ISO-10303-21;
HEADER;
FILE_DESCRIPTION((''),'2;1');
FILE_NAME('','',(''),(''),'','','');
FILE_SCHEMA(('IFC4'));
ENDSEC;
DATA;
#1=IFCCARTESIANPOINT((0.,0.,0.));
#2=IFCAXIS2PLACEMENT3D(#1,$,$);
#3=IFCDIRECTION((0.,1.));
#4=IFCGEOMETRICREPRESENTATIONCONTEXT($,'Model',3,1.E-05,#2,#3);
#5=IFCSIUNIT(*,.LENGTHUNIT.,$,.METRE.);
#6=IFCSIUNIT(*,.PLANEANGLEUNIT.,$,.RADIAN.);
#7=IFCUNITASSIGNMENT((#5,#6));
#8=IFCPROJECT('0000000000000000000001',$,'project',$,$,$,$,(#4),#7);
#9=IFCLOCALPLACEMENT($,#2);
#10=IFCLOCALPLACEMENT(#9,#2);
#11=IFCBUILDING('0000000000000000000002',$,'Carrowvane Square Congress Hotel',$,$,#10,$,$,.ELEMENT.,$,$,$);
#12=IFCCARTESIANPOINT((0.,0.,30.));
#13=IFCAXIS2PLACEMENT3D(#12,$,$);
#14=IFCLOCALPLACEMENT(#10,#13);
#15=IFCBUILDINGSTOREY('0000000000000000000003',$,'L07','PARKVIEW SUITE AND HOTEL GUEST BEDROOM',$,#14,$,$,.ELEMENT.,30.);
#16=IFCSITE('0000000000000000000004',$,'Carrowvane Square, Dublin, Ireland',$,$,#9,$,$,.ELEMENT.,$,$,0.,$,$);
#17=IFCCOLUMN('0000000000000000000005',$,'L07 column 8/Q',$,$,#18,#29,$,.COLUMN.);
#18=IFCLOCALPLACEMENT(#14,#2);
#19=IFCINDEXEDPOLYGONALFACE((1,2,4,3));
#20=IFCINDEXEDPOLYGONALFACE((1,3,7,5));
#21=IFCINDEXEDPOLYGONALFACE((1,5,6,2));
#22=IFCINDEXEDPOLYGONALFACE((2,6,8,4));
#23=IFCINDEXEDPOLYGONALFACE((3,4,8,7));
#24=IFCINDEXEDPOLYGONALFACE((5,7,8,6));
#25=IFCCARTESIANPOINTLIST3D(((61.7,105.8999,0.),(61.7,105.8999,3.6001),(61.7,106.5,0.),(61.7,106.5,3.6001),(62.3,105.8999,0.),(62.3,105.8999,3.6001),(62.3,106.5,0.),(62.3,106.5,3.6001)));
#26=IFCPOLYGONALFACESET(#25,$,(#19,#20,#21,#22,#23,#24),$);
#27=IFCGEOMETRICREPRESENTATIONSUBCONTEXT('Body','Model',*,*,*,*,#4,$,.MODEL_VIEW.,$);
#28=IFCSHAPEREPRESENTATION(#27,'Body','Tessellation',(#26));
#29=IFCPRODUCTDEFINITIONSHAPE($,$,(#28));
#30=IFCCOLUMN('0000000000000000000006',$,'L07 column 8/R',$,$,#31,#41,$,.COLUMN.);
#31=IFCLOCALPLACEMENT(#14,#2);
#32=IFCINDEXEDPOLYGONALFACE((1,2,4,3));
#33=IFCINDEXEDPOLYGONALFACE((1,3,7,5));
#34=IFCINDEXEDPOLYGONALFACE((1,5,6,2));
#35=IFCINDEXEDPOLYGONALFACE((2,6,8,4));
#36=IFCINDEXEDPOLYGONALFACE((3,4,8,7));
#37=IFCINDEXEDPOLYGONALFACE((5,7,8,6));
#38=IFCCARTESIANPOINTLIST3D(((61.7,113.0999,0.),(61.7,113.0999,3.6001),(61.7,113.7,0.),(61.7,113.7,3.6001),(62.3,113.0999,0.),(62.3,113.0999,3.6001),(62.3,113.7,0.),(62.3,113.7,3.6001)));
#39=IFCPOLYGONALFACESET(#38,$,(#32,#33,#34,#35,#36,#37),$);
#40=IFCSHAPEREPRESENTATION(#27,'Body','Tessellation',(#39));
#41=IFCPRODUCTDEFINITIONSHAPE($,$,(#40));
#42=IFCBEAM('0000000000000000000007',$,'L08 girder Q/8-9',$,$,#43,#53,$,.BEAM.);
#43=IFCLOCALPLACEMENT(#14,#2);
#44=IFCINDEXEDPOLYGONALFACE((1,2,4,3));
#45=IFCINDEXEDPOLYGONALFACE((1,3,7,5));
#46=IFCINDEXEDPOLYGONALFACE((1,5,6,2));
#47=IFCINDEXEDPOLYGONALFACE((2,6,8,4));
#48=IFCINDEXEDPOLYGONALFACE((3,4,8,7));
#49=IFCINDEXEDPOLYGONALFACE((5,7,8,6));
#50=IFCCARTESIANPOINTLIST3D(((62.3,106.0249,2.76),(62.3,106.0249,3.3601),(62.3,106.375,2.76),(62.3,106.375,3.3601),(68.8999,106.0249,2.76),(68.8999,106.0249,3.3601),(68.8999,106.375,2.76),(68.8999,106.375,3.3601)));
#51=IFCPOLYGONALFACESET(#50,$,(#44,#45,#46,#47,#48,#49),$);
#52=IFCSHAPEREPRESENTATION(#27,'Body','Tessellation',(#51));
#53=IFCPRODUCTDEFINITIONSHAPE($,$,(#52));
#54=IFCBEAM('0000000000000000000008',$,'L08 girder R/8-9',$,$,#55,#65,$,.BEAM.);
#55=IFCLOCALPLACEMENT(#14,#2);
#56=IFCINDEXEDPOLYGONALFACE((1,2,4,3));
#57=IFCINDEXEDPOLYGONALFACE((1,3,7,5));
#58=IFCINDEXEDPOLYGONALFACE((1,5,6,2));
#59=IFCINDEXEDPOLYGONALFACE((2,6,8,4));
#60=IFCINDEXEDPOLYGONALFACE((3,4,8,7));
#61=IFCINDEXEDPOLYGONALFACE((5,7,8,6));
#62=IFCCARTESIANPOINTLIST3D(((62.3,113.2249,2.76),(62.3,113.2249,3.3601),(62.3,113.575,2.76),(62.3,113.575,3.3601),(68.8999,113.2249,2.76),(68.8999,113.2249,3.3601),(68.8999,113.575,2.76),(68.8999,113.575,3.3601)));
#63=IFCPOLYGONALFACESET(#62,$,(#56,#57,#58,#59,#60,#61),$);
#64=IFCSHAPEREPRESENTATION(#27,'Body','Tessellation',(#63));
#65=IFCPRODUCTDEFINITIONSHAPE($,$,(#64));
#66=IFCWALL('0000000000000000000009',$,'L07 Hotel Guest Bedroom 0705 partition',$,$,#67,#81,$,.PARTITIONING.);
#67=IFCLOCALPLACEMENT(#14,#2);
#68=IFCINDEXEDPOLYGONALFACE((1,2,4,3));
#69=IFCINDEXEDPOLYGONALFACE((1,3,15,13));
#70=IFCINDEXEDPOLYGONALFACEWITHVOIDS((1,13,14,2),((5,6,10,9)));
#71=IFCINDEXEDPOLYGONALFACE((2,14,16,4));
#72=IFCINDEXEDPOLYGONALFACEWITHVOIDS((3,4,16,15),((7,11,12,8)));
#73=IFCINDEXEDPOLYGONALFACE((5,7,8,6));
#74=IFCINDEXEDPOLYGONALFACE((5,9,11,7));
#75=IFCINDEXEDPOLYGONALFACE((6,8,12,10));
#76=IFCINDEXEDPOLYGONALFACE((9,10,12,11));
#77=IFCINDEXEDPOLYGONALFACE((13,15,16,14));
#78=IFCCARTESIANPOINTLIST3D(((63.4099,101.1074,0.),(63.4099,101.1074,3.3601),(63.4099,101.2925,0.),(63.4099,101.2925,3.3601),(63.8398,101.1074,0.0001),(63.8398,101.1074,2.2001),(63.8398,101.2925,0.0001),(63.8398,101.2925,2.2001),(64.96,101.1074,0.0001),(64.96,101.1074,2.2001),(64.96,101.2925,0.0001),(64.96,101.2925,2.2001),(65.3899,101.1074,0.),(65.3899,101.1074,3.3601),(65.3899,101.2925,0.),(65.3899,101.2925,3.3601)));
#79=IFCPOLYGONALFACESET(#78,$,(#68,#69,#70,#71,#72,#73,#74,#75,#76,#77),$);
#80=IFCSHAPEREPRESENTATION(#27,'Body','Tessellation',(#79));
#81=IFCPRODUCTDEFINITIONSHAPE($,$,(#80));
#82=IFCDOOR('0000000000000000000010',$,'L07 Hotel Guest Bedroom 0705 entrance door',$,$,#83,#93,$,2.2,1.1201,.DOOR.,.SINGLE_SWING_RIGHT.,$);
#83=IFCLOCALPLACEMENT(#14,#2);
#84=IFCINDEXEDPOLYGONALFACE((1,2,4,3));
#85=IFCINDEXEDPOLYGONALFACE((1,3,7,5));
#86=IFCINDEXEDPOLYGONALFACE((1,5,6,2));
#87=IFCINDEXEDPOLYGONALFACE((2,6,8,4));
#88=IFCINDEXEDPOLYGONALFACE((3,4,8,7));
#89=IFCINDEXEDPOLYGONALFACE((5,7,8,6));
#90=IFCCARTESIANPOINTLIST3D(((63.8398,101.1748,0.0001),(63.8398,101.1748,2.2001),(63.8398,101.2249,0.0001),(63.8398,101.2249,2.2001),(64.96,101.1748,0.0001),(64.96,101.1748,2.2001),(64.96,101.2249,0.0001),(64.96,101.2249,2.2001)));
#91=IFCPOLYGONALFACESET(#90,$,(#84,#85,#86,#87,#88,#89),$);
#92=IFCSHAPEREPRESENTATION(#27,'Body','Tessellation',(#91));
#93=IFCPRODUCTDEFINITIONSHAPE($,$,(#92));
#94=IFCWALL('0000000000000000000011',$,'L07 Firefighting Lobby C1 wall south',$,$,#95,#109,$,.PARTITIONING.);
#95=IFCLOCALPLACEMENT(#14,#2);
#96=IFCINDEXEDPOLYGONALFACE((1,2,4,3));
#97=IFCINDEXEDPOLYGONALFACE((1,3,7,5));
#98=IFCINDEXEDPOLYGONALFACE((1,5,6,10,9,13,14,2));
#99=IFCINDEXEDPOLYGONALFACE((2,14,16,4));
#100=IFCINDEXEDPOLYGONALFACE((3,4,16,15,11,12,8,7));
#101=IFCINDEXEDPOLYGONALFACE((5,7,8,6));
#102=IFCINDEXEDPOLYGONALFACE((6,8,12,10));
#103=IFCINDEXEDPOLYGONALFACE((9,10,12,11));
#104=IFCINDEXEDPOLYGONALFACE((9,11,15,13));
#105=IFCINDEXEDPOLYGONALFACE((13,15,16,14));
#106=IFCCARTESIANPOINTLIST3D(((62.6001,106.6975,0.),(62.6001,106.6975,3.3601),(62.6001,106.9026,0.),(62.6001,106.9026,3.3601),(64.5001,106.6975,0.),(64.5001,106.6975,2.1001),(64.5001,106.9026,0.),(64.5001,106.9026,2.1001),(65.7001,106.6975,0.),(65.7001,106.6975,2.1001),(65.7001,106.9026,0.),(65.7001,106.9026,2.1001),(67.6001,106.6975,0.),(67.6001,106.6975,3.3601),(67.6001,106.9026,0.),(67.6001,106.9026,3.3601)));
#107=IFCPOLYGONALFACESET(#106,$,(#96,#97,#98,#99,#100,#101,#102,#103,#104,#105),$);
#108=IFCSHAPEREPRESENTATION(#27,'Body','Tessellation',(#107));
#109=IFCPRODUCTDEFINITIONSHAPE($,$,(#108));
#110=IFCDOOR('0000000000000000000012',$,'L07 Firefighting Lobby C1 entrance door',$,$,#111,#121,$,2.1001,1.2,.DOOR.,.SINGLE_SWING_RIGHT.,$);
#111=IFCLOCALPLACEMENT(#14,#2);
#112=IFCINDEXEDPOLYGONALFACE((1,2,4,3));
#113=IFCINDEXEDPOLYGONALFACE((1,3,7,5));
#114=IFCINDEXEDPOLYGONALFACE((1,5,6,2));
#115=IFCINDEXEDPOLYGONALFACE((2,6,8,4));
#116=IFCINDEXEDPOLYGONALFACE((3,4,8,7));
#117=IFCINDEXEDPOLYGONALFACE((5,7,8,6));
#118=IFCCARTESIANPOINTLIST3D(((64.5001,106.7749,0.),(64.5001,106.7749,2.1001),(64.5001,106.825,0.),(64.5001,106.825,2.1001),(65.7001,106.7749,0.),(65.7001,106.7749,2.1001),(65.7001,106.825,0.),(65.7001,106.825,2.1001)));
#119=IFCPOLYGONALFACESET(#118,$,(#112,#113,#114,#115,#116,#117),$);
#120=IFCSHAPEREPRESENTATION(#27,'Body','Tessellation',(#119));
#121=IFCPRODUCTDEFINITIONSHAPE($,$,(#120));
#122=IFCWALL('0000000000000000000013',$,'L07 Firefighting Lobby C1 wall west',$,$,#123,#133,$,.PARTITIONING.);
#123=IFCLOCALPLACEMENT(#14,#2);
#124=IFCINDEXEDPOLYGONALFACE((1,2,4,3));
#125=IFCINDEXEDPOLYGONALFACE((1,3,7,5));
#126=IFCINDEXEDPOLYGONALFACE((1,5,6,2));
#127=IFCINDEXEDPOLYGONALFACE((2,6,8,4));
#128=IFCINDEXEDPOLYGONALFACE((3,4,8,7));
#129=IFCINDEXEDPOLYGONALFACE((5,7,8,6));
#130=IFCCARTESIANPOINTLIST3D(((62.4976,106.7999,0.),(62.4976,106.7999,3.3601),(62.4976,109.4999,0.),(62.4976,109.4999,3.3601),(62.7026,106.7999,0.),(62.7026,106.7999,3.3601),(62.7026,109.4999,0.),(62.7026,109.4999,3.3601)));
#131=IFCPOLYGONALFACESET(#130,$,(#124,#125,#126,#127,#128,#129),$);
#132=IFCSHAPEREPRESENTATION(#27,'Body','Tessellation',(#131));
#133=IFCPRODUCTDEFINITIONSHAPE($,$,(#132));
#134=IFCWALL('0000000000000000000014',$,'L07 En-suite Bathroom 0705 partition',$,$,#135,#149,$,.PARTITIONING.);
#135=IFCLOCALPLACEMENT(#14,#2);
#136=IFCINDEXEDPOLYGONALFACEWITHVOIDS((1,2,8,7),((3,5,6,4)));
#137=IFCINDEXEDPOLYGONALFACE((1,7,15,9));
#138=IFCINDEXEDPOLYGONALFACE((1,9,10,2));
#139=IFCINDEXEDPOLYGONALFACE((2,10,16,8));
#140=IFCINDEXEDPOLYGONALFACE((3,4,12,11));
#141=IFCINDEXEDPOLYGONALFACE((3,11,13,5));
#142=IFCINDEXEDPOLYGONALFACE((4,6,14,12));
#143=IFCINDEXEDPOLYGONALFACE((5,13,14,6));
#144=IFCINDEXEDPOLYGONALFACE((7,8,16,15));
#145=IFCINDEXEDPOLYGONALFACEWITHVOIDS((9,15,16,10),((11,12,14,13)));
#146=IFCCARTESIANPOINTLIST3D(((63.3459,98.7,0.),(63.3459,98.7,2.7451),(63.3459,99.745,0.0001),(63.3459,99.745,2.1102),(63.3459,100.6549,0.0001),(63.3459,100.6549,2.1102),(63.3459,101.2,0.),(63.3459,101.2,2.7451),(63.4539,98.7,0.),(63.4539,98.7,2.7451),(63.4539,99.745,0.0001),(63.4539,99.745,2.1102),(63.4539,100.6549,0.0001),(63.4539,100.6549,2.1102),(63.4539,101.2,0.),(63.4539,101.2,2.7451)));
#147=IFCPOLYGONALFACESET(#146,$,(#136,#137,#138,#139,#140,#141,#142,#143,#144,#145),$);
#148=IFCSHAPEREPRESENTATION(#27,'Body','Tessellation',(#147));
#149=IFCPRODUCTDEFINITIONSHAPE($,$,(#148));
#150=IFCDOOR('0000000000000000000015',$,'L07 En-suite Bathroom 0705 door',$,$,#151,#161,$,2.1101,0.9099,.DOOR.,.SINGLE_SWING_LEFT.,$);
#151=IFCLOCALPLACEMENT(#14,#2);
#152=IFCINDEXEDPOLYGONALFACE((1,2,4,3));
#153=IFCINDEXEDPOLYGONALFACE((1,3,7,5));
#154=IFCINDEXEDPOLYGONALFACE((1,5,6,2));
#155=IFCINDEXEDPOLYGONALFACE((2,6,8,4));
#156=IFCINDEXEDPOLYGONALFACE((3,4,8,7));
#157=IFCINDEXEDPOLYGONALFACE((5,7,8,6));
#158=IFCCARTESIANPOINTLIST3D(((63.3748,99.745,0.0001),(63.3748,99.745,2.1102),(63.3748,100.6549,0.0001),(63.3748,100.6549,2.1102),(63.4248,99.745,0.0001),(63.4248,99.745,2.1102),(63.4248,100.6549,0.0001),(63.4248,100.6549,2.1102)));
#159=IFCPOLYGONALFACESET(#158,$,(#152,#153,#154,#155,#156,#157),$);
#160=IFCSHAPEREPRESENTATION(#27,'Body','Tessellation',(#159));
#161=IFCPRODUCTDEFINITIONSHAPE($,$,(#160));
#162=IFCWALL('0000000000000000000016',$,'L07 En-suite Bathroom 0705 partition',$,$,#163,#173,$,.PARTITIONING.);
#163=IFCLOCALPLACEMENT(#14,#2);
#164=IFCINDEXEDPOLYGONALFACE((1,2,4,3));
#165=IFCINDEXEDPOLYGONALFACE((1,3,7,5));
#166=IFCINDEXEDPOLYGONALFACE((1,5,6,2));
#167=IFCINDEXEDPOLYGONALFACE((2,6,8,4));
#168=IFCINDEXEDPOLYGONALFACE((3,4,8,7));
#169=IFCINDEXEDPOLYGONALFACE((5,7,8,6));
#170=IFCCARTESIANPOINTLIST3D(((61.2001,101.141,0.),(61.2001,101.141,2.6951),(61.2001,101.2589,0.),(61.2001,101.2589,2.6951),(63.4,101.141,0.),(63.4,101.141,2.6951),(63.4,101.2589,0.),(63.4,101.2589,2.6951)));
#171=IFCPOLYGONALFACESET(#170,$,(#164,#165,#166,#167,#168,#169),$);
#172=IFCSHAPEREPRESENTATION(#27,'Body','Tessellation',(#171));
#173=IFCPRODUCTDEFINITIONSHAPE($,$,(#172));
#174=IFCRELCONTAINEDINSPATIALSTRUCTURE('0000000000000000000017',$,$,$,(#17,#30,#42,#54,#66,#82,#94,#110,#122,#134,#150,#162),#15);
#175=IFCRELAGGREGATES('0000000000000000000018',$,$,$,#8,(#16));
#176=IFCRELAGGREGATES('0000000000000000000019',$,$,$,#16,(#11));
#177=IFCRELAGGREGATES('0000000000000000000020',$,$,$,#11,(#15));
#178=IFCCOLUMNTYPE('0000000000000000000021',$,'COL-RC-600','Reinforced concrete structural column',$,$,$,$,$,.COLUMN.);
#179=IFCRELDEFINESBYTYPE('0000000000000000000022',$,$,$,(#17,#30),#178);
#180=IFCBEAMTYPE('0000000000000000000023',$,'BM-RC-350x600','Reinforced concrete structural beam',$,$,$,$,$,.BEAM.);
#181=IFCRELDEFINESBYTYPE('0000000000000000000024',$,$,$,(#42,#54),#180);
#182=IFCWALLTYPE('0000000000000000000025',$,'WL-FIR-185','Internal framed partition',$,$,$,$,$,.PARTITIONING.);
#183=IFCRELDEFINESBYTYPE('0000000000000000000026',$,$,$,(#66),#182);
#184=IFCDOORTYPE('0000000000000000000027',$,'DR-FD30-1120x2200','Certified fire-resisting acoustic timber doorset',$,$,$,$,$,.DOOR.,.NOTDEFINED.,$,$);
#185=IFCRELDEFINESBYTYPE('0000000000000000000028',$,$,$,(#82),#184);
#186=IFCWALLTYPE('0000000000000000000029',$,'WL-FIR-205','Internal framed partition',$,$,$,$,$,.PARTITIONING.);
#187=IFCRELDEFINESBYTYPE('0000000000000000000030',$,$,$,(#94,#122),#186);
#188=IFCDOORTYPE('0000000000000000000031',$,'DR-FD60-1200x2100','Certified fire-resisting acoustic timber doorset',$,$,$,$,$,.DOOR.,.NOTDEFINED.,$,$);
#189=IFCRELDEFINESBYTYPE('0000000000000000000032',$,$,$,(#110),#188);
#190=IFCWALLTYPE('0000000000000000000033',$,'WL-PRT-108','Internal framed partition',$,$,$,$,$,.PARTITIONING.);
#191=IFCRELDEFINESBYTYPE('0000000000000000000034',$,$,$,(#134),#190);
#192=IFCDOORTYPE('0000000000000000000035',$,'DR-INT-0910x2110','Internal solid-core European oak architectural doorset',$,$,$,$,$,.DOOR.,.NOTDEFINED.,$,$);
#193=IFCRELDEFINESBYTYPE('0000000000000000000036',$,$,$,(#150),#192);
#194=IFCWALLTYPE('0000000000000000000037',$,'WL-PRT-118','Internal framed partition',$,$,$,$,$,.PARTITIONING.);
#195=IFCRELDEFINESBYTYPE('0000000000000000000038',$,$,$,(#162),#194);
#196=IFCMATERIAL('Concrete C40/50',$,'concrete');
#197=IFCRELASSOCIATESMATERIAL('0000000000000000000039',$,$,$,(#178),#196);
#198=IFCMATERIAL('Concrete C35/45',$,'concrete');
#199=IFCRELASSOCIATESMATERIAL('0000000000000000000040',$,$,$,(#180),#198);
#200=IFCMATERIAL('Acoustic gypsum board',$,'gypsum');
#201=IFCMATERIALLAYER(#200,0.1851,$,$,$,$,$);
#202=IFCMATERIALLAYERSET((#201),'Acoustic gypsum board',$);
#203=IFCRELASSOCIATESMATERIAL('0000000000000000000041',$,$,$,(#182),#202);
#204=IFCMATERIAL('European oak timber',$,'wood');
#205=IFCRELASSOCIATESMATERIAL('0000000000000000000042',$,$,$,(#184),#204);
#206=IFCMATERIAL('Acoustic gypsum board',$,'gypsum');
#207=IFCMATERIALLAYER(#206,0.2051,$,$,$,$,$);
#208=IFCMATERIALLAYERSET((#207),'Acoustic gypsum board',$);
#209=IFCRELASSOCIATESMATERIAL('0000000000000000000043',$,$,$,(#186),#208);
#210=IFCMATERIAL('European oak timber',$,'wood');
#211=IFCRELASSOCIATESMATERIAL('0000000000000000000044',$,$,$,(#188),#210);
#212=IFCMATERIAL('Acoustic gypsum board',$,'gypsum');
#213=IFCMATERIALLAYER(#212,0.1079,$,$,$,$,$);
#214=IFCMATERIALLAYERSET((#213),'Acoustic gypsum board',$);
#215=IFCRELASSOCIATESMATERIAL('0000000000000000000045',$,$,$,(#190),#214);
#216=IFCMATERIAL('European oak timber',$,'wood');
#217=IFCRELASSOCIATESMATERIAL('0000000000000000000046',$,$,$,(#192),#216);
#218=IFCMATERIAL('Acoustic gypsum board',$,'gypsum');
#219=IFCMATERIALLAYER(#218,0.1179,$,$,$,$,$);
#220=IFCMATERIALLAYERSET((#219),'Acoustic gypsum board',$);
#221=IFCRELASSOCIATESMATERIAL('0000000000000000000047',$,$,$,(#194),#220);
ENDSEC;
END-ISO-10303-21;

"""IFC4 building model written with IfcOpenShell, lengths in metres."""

from ifc_helpers import new_model, si_unit, direction, frame, frame_2d, origin, origin_2d, place, context, subcontext, project, spatial, rectangle, extrude, material, layer, layer_set, material_profile, profile_set, type_object, element, fill, save


model = new_model("IFC4")

# Units and contexts
model_context = context("Model", 3, precision=1e-05, world=origin(), true_north=direction((0.0, 1.0)))
body_context = subcontext(model_context, "Body", "Model", "MODEL_VIEW")
ifc_project = project(units=[si_unit("LENGTHUNIT", "METRE"), si_unit("PLANEANGLEUNIT", "RADIAN")], contexts=[model_context])

# Site, building, storey
site_placement = place(None, origin())
site = spatial("IfcSite", under=ifc_project, at=site_placement, Name="Carrowvane Square, Dublin, Ireland", CompositionType="ELEMENT", RefElevation=0.0)
building_placement = place(site_placement, origin())
building = spatial("IfcBuilding", under=site, at=building_placement, Name="Carrowvane Square Congress Hotel", CompositionType="ELEMENT")
storey_placement = place(building_placement, frame((0.0, 0.0, 30.0)))
storey = spatial("IfcBuildingStorey", under=building, at=storey_placement, Name="L07", Description="PARKVIEW SUITE AND HOTEL GUEST BEDROOM", CompositionType="ELEMENT", Elevation=30.0)

# Columns
ifc_material_1 = material(Name="Concrete C40/50", Category="concrete")
ifc_material_profile_1 = material_profile(ifc_material_1, rectangle(XDim=0.6001, YDim=0.6001, at=origin_2d()), Name="RC 600x600")
ifc_profile_set_1 = profile_set([ifc_material_profile_1], Name="Concrete C40/50")
column_type = type_object("IfcColumnType", Name="COL-RC-600", Description="Reinforced concrete structural column", PredefinedType="COLUMN", material=ifc_profile_set_1)
for number, where, z_axis, x_axis, name in (
    (1, (62.0, 106.2, 0.0), (0.0, 0.0, 1.0), (1.0, 0.0, 0.0), "L07 column 8/Q"),
    (2, (62.0, 113.3999, 0.0), (0.0, 0.0, 1.0), (1.0, 0.0, 0.0), "L07 column 8/R"),
):
    element("IfcColumn", number, at=place(storey_placement, frame(where, z_axis=z_axis, x_axis=x_axis)), inside=storey, type_object=column_type, Name=name, PredefinedType="COLUMN", context=body_context, shape_type="SweptSolid", body=[
        extrude(rectangle(XDim=0.6001, YDim=0.6001, at=origin_2d()), origin(), (0.0, 0.0, 1.0), 3.6001),
    ])

# Beams
ifc_material_2 = material(Name="Concrete C35/45", Category="concrete")
ifc_material_profile_2 = material_profile(ifc_material_2, rectangle(XDim=0.3501, YDim=0.6001, at=origin_2d()), Name="RC 350x600")
ifc_profile_set_2 = profile_set([ifc_material_profile_2], Name="Concrete C35/45")
beam_type = type_object("IfcBeamType", Name="BM-RC-350x600", Description="Reinforced concrete structural beam", PredefinedType="BEAM", material=ifc_profile_set_2)
for number, where, z_axis, x_axis, name in (
    (3, (62.3, 106.2, 3.0601), (1.0, 0.0, 0.0), (0.0, 1.0, 0.0), "L08 girder Q/8-9"),
    (4, (62.3, 113.3999, 3.0601), (1.0, 0.0, 0.0), (0.0, 1.0, 0.0), "L08 girder R/8-9"),
):
    element("IfcBeam", number, at=place(storey_placement, frame(where, z_axis=z_axis, x_axis=x_axis)), inside=storey, type_object=beam_type, Name=name, PredefinedType="BEAM", context=body_context, shape_type="SweptSolid", body=[
        extrude(rectangle(XDim=0.3501, YDim=0.6001, at=origin_2d()), origin(), (0.0, 0.0, 1.0), 6.5999),
    ])

# Walls, openings, doors
ifc_material_3 = material(Name="Acoustic gypsum board", Category="gypsum")
ifc_layer_1 = layer(ifc_material_3, 0.1851)
ifc_layer_set_1 = layer_set([ifc_layer_1], Name="Acoustic gypsum board")
wall_type_1 = type_object("IfcWallType", Name="WL-FIR-185", Description="Internal framed partition", PredefinedType="PARTITIONING", material=ifc_layer_set_1)
wall_1_placement = place(storey_placement, frame((63.4099, 101.2, 0.0), z_axis=(0.0, 0.0, 1.0), x_axis=(1.0, 0.0, 0.0)))
wall_1 = element("IfcWall", 5, at=wall_1_placement, inside=storey, type_object=wall_type_1, Name="L07 Hotel Guest Bedroom 0705 partition", PredefinedType="PARTITIONING", context=body_context, shape_type="SweptSolid", body=[
    extrude(rectangle(XDim=1.98, YDim=0.1851, at=frame_2d((0.99, 0.0))), origin(), (0.0, 0.0, 1.0), 3.3601),
])
opening_1_placement = place(wall_1_placement, frame((0.4299, 0.0, 0.0)))
opening_1 = element("IfcOpeningElement", 6, at=opening_1_placement, cuts=wall_1, PredefinedType="OPENING", context=body_context, shape_type="SweptSolid", body=[
    extrude(rectangle(XDim=1.1201, YDim=2.2, at=frame_2d((0.5601, 1.1001))), frame((0.0, 0.1025, 0.0), z_axis=(0.0, -1.0, 0.0), x_axis=(1.0, 0.0, 0.0)), (0.0, 0.0, 1.0), 0.2051),
])
ifc_material_4 = material(Name="European oak timber", Category="wood")
door_type_1 = type_object("IfcDoorType", Name="DR-FD30-1120x2200", Description="Certified fire-resisting acoustic timber doorset", OperationType="NOTDEFINED", PredefinedType="DOOR", material=ifc_material_4)
door_1_placement = place(opening_1_placement, origin())
door_1 = element("IfcDoor", 7, at=door_1_placement, inside=storey, type_object=door_type_1, Name="L07 Hotel Guest Bedroom 0705 entrance door", OperationType="SINGLE_SWING_RIGHT", OverallHeight=2.2, OverallWidth=1.1201, PredefinedType="DOOR", context=body_context, shape_type="SweptSolid", body=[
    extrude(rectangle(XDim=1.1201, YDim=2.2, at=frame_2d((0.5601, 1.1001))), frame((0.0, 0.0249, 0.0), z_axis=(0.0, -1.0, 0.0), x_axis=(1.0, 0.0, 0.0)), (0.0, 0.0, 1.0), 0.05),
])
fill(opening_1, door_1)
ifc_material_5 = material(Name="Acoustic gypsum board", Category="gypsum")
ifc_layer_2 = layer(ifc_material_5, 0.2051)
ifc_layer_set_2 = layer_set([ifc_layer_2], Name="Acoustic gypsum board")
wall_type_2 = type_object("IfcWallType", Name="WL-FIR-205", Description="Internal framed partition", PredefinedType="PARTITIONING", material=ifc_layer_set_2)
wall_2_placement = place(storey_placement, frame((62.6001, 106.8, 0.0), z_axis=(0.0, 0.0, 1.0), x_axis=(1.0, 0.0, 0.0)))
wall_2 = element("IfcWall", 8, at=wall_2_placement, inside=storey, type_object=wall_type_2, Name="L07 Firefighting Lobby C1 wall south", PredefinedType="PARTITIONING", context=body_context, shape_type="SweptSolid", body=[
    extrude(rectangle(XDim=5.0, YDim=0.2051, at=frame_2d((2.5, 0.0))), origin(), (0.0, 0.0, 1.0), 3.3601),
])
opening_2_placement = place(wall_2_placement, frame((1.8999, 0.0, 0.0)))
opening_2 = element("IfcOpeningElement", 9, at=opening_2_placement, cuts=wall_2, PredefinedType="OPENING", context=body_context, shape_type="SweptSolid", body=[
    extrude(rectangle(XDim=1.2, YDim=2.1001, at=frame_2d((0.6001, 1.05))), frame((0.0, 0.1125, 0.0), z_axis=(0.0, -1.0, 0.0), x_axis=(1.0, 0.0, 0.0)), (0.0, 0.0, 1.0), 0.2251),
])
ifc_material_6 = material(Name="European oak timber", Category="wood")
door_type_2 = type_object("IfcDoorType", Name="DR-FD60-1200x2100", Description="Certified fire-resisting acoustic timber doorset", OperationType="NOTDEFINED", PredefinedType="DOOR", material=ifc_material_6)
door_2_placement = place(opening_2_placement, origin())
door_2 = element("IfcDoor", 10, at=door_2_placement, inside=storey, type_object=door_type_2, Name="L07 Firefighting Lobby C1 entrance door", OperationType="SINGLE_SWING_RIGHT", OverallHeight=2.1001, OverallWidth=1.2, PredefinedType="DOOR", context=body_context, shape_type="SweptSolid", body=[
    extrude(rectangle(XDim=1.2, YDim=2.1001, at=frame_2d((0.6001, 1.05))), frame((0.0, 0.0249, 0.0), z_axis=(0.0, -1.0, 0.0), x_axis=(1.0, 0.0, 0.0)), (0.0, 0.0, 1.0), 0.05),
])
fill(opening_2, door_2)

# Wall
wall_3_placement = place(storey_placement, frame((62.6001, 109.5, 0.0), z_axis=(0.0, 0.0, 1.0), x_axis=(0.0, -1.0, 0.0)))
element("IfcWall", 11, at=wall_3_placement, inside=storey, type_object=wall_type_2, Name="L07 Firefighting Lobby C1 wall west", PredefinedType="PARTITIONING", context=body_context, shape_type="SweptSolid", body=[
    extrude(rectangle(XDim=2.7, YDim=0.2051, at=frame_2d((1.3501, 0.0))), origin(), (0.0, 0.0, 1.0), 3.3601),
])

# Wall, opening, door
ifc_material_7 = material(Name="Acoustic gypsum board", Category="gypsum")
ifc_layer_3 = layer(ifc_material_7, 0.1079)
ifc_layer_set_3 = layer_set([ifc_layer_3], Name="Acoustic gypsum board")
wall_type_3 = type_object("IfcWallType", Name="WL-PRT-108", Description="Internal framed partition", PredefinedType="PARTITIONING", material=ifc_layer_set_3)
wall_4_placement = place(storey_placement, frame((63.3999, 101.2, 0.0), z_axis=(0.0, 0.0, 1.0), x_axis=(0.0, -1.0, 0.0)))
wall_4 = element("IfcWall", 12, at=wall_4_placement, inside=storey, type_object=wall_type_3, Name="L07 En-suite Bathroom 0705 partition", PredefinedType="PARTITIONING", context=body_context, shape_type="SweptSolid", body=[
    extrude(rectangle(XDim=2.5, YDim=0.1079, at=frame_2d((1.25, 0.0))), origin(), (0.0, 0.0, 1.0), 2.7451),
])
opening_3_placement = place(wall_4_placement, frame((0.5449, 0.0, 0.0)))
opening_3 = element("IfcOpeningElement", 13, at=opening_3_placement, cuts=wall_4, PredefinedType="OPENING", context=body_context, shape_type="SweptSolid", body=[
    extrude(rectangle(XDim=0.9099, YDim=2.1101, at=frame_2d((0.4551, 1.0552))), frame((0.0, 0.064, 0.0), z_axis=(0.0, -1.0, 0.0), x_axis=(1.0, 0.0, 0.0)), (0.0, 0.0, 1.0), 0.1279),
])
ifc_material_8 = material(Name="European oak timber", Category="wood")
door_type_3 = type_object("IfcDoorType", Name="DR-INT-0910x2110", Description="Internal solid-core European oak architectural doorset", OperationType="NOTDEFINED", PredefinedType="DOOR", material=ifc_material_8)
door_3_placement = place(opening_3_placement, origin())
door_3 = element("IfcDoor", 14, at=door_3_placement, inside=storey, type_object=door_type_3, Name="L07 En-suite Bathroom 0705 door", OperationType="SINGLE_SWING_LEFT", OverallHeight=2.1101, OverallWidth=0.9099, PredefinedType="DOOR", context=body_context, shape_type="SweptSolid", body=[
    extrude(rectangle(XDim=0.9099, YDim=2.1101, at=frame_2d((0.4551, 1.0552))), frame((0.0, 0.0249, 0.0), z_axis=(0.0, -1.0, 0.0), x_axis=(1.0, 0.0, 0.0)), (0.0, 0.0, 1.0), 0.05),
])
fill(opening_3, door_3)

# Wall
ifc_material_9 = material(Name="Acoustic gypsum board", Category="gypsum")
ifc_layer_4 = layer(ifc_material_9, 0.1179)
ifc_layer_set_4 = layer_set([ifc_layer_4], Name="Acoustic gypsum board")
wall_type_4 = type_object("IfcWallType", Name="WL-PRT-118", Description="Internal framed partition", PredefinedType="PARTITIONING", material=ifc_layer_set_4)
wall_5_placement = place(storey_placement, frame((61.2, 101.2, 0.0), z_axis=(0.0, 0.0, 1.0), x_axis=(1.0, 0.0, 0.0)))
element("IfcWall", 15, at=wall_5_placement, inside=storey, type_object=wall_type_4, Name="L07 En-suite Bathroom 0705 partition", PredefinedType="PARTITIONING", context=body_context, shape_type="SweptSolid", body=[
    extrude(rectangle(XDim=2.2, YDim=0.1179, at=frame_2d((1.1001, 0.0))), origin(), (0.0, 0.0, 1.0), 2.6951),
])

save(model, "model.ifc")
